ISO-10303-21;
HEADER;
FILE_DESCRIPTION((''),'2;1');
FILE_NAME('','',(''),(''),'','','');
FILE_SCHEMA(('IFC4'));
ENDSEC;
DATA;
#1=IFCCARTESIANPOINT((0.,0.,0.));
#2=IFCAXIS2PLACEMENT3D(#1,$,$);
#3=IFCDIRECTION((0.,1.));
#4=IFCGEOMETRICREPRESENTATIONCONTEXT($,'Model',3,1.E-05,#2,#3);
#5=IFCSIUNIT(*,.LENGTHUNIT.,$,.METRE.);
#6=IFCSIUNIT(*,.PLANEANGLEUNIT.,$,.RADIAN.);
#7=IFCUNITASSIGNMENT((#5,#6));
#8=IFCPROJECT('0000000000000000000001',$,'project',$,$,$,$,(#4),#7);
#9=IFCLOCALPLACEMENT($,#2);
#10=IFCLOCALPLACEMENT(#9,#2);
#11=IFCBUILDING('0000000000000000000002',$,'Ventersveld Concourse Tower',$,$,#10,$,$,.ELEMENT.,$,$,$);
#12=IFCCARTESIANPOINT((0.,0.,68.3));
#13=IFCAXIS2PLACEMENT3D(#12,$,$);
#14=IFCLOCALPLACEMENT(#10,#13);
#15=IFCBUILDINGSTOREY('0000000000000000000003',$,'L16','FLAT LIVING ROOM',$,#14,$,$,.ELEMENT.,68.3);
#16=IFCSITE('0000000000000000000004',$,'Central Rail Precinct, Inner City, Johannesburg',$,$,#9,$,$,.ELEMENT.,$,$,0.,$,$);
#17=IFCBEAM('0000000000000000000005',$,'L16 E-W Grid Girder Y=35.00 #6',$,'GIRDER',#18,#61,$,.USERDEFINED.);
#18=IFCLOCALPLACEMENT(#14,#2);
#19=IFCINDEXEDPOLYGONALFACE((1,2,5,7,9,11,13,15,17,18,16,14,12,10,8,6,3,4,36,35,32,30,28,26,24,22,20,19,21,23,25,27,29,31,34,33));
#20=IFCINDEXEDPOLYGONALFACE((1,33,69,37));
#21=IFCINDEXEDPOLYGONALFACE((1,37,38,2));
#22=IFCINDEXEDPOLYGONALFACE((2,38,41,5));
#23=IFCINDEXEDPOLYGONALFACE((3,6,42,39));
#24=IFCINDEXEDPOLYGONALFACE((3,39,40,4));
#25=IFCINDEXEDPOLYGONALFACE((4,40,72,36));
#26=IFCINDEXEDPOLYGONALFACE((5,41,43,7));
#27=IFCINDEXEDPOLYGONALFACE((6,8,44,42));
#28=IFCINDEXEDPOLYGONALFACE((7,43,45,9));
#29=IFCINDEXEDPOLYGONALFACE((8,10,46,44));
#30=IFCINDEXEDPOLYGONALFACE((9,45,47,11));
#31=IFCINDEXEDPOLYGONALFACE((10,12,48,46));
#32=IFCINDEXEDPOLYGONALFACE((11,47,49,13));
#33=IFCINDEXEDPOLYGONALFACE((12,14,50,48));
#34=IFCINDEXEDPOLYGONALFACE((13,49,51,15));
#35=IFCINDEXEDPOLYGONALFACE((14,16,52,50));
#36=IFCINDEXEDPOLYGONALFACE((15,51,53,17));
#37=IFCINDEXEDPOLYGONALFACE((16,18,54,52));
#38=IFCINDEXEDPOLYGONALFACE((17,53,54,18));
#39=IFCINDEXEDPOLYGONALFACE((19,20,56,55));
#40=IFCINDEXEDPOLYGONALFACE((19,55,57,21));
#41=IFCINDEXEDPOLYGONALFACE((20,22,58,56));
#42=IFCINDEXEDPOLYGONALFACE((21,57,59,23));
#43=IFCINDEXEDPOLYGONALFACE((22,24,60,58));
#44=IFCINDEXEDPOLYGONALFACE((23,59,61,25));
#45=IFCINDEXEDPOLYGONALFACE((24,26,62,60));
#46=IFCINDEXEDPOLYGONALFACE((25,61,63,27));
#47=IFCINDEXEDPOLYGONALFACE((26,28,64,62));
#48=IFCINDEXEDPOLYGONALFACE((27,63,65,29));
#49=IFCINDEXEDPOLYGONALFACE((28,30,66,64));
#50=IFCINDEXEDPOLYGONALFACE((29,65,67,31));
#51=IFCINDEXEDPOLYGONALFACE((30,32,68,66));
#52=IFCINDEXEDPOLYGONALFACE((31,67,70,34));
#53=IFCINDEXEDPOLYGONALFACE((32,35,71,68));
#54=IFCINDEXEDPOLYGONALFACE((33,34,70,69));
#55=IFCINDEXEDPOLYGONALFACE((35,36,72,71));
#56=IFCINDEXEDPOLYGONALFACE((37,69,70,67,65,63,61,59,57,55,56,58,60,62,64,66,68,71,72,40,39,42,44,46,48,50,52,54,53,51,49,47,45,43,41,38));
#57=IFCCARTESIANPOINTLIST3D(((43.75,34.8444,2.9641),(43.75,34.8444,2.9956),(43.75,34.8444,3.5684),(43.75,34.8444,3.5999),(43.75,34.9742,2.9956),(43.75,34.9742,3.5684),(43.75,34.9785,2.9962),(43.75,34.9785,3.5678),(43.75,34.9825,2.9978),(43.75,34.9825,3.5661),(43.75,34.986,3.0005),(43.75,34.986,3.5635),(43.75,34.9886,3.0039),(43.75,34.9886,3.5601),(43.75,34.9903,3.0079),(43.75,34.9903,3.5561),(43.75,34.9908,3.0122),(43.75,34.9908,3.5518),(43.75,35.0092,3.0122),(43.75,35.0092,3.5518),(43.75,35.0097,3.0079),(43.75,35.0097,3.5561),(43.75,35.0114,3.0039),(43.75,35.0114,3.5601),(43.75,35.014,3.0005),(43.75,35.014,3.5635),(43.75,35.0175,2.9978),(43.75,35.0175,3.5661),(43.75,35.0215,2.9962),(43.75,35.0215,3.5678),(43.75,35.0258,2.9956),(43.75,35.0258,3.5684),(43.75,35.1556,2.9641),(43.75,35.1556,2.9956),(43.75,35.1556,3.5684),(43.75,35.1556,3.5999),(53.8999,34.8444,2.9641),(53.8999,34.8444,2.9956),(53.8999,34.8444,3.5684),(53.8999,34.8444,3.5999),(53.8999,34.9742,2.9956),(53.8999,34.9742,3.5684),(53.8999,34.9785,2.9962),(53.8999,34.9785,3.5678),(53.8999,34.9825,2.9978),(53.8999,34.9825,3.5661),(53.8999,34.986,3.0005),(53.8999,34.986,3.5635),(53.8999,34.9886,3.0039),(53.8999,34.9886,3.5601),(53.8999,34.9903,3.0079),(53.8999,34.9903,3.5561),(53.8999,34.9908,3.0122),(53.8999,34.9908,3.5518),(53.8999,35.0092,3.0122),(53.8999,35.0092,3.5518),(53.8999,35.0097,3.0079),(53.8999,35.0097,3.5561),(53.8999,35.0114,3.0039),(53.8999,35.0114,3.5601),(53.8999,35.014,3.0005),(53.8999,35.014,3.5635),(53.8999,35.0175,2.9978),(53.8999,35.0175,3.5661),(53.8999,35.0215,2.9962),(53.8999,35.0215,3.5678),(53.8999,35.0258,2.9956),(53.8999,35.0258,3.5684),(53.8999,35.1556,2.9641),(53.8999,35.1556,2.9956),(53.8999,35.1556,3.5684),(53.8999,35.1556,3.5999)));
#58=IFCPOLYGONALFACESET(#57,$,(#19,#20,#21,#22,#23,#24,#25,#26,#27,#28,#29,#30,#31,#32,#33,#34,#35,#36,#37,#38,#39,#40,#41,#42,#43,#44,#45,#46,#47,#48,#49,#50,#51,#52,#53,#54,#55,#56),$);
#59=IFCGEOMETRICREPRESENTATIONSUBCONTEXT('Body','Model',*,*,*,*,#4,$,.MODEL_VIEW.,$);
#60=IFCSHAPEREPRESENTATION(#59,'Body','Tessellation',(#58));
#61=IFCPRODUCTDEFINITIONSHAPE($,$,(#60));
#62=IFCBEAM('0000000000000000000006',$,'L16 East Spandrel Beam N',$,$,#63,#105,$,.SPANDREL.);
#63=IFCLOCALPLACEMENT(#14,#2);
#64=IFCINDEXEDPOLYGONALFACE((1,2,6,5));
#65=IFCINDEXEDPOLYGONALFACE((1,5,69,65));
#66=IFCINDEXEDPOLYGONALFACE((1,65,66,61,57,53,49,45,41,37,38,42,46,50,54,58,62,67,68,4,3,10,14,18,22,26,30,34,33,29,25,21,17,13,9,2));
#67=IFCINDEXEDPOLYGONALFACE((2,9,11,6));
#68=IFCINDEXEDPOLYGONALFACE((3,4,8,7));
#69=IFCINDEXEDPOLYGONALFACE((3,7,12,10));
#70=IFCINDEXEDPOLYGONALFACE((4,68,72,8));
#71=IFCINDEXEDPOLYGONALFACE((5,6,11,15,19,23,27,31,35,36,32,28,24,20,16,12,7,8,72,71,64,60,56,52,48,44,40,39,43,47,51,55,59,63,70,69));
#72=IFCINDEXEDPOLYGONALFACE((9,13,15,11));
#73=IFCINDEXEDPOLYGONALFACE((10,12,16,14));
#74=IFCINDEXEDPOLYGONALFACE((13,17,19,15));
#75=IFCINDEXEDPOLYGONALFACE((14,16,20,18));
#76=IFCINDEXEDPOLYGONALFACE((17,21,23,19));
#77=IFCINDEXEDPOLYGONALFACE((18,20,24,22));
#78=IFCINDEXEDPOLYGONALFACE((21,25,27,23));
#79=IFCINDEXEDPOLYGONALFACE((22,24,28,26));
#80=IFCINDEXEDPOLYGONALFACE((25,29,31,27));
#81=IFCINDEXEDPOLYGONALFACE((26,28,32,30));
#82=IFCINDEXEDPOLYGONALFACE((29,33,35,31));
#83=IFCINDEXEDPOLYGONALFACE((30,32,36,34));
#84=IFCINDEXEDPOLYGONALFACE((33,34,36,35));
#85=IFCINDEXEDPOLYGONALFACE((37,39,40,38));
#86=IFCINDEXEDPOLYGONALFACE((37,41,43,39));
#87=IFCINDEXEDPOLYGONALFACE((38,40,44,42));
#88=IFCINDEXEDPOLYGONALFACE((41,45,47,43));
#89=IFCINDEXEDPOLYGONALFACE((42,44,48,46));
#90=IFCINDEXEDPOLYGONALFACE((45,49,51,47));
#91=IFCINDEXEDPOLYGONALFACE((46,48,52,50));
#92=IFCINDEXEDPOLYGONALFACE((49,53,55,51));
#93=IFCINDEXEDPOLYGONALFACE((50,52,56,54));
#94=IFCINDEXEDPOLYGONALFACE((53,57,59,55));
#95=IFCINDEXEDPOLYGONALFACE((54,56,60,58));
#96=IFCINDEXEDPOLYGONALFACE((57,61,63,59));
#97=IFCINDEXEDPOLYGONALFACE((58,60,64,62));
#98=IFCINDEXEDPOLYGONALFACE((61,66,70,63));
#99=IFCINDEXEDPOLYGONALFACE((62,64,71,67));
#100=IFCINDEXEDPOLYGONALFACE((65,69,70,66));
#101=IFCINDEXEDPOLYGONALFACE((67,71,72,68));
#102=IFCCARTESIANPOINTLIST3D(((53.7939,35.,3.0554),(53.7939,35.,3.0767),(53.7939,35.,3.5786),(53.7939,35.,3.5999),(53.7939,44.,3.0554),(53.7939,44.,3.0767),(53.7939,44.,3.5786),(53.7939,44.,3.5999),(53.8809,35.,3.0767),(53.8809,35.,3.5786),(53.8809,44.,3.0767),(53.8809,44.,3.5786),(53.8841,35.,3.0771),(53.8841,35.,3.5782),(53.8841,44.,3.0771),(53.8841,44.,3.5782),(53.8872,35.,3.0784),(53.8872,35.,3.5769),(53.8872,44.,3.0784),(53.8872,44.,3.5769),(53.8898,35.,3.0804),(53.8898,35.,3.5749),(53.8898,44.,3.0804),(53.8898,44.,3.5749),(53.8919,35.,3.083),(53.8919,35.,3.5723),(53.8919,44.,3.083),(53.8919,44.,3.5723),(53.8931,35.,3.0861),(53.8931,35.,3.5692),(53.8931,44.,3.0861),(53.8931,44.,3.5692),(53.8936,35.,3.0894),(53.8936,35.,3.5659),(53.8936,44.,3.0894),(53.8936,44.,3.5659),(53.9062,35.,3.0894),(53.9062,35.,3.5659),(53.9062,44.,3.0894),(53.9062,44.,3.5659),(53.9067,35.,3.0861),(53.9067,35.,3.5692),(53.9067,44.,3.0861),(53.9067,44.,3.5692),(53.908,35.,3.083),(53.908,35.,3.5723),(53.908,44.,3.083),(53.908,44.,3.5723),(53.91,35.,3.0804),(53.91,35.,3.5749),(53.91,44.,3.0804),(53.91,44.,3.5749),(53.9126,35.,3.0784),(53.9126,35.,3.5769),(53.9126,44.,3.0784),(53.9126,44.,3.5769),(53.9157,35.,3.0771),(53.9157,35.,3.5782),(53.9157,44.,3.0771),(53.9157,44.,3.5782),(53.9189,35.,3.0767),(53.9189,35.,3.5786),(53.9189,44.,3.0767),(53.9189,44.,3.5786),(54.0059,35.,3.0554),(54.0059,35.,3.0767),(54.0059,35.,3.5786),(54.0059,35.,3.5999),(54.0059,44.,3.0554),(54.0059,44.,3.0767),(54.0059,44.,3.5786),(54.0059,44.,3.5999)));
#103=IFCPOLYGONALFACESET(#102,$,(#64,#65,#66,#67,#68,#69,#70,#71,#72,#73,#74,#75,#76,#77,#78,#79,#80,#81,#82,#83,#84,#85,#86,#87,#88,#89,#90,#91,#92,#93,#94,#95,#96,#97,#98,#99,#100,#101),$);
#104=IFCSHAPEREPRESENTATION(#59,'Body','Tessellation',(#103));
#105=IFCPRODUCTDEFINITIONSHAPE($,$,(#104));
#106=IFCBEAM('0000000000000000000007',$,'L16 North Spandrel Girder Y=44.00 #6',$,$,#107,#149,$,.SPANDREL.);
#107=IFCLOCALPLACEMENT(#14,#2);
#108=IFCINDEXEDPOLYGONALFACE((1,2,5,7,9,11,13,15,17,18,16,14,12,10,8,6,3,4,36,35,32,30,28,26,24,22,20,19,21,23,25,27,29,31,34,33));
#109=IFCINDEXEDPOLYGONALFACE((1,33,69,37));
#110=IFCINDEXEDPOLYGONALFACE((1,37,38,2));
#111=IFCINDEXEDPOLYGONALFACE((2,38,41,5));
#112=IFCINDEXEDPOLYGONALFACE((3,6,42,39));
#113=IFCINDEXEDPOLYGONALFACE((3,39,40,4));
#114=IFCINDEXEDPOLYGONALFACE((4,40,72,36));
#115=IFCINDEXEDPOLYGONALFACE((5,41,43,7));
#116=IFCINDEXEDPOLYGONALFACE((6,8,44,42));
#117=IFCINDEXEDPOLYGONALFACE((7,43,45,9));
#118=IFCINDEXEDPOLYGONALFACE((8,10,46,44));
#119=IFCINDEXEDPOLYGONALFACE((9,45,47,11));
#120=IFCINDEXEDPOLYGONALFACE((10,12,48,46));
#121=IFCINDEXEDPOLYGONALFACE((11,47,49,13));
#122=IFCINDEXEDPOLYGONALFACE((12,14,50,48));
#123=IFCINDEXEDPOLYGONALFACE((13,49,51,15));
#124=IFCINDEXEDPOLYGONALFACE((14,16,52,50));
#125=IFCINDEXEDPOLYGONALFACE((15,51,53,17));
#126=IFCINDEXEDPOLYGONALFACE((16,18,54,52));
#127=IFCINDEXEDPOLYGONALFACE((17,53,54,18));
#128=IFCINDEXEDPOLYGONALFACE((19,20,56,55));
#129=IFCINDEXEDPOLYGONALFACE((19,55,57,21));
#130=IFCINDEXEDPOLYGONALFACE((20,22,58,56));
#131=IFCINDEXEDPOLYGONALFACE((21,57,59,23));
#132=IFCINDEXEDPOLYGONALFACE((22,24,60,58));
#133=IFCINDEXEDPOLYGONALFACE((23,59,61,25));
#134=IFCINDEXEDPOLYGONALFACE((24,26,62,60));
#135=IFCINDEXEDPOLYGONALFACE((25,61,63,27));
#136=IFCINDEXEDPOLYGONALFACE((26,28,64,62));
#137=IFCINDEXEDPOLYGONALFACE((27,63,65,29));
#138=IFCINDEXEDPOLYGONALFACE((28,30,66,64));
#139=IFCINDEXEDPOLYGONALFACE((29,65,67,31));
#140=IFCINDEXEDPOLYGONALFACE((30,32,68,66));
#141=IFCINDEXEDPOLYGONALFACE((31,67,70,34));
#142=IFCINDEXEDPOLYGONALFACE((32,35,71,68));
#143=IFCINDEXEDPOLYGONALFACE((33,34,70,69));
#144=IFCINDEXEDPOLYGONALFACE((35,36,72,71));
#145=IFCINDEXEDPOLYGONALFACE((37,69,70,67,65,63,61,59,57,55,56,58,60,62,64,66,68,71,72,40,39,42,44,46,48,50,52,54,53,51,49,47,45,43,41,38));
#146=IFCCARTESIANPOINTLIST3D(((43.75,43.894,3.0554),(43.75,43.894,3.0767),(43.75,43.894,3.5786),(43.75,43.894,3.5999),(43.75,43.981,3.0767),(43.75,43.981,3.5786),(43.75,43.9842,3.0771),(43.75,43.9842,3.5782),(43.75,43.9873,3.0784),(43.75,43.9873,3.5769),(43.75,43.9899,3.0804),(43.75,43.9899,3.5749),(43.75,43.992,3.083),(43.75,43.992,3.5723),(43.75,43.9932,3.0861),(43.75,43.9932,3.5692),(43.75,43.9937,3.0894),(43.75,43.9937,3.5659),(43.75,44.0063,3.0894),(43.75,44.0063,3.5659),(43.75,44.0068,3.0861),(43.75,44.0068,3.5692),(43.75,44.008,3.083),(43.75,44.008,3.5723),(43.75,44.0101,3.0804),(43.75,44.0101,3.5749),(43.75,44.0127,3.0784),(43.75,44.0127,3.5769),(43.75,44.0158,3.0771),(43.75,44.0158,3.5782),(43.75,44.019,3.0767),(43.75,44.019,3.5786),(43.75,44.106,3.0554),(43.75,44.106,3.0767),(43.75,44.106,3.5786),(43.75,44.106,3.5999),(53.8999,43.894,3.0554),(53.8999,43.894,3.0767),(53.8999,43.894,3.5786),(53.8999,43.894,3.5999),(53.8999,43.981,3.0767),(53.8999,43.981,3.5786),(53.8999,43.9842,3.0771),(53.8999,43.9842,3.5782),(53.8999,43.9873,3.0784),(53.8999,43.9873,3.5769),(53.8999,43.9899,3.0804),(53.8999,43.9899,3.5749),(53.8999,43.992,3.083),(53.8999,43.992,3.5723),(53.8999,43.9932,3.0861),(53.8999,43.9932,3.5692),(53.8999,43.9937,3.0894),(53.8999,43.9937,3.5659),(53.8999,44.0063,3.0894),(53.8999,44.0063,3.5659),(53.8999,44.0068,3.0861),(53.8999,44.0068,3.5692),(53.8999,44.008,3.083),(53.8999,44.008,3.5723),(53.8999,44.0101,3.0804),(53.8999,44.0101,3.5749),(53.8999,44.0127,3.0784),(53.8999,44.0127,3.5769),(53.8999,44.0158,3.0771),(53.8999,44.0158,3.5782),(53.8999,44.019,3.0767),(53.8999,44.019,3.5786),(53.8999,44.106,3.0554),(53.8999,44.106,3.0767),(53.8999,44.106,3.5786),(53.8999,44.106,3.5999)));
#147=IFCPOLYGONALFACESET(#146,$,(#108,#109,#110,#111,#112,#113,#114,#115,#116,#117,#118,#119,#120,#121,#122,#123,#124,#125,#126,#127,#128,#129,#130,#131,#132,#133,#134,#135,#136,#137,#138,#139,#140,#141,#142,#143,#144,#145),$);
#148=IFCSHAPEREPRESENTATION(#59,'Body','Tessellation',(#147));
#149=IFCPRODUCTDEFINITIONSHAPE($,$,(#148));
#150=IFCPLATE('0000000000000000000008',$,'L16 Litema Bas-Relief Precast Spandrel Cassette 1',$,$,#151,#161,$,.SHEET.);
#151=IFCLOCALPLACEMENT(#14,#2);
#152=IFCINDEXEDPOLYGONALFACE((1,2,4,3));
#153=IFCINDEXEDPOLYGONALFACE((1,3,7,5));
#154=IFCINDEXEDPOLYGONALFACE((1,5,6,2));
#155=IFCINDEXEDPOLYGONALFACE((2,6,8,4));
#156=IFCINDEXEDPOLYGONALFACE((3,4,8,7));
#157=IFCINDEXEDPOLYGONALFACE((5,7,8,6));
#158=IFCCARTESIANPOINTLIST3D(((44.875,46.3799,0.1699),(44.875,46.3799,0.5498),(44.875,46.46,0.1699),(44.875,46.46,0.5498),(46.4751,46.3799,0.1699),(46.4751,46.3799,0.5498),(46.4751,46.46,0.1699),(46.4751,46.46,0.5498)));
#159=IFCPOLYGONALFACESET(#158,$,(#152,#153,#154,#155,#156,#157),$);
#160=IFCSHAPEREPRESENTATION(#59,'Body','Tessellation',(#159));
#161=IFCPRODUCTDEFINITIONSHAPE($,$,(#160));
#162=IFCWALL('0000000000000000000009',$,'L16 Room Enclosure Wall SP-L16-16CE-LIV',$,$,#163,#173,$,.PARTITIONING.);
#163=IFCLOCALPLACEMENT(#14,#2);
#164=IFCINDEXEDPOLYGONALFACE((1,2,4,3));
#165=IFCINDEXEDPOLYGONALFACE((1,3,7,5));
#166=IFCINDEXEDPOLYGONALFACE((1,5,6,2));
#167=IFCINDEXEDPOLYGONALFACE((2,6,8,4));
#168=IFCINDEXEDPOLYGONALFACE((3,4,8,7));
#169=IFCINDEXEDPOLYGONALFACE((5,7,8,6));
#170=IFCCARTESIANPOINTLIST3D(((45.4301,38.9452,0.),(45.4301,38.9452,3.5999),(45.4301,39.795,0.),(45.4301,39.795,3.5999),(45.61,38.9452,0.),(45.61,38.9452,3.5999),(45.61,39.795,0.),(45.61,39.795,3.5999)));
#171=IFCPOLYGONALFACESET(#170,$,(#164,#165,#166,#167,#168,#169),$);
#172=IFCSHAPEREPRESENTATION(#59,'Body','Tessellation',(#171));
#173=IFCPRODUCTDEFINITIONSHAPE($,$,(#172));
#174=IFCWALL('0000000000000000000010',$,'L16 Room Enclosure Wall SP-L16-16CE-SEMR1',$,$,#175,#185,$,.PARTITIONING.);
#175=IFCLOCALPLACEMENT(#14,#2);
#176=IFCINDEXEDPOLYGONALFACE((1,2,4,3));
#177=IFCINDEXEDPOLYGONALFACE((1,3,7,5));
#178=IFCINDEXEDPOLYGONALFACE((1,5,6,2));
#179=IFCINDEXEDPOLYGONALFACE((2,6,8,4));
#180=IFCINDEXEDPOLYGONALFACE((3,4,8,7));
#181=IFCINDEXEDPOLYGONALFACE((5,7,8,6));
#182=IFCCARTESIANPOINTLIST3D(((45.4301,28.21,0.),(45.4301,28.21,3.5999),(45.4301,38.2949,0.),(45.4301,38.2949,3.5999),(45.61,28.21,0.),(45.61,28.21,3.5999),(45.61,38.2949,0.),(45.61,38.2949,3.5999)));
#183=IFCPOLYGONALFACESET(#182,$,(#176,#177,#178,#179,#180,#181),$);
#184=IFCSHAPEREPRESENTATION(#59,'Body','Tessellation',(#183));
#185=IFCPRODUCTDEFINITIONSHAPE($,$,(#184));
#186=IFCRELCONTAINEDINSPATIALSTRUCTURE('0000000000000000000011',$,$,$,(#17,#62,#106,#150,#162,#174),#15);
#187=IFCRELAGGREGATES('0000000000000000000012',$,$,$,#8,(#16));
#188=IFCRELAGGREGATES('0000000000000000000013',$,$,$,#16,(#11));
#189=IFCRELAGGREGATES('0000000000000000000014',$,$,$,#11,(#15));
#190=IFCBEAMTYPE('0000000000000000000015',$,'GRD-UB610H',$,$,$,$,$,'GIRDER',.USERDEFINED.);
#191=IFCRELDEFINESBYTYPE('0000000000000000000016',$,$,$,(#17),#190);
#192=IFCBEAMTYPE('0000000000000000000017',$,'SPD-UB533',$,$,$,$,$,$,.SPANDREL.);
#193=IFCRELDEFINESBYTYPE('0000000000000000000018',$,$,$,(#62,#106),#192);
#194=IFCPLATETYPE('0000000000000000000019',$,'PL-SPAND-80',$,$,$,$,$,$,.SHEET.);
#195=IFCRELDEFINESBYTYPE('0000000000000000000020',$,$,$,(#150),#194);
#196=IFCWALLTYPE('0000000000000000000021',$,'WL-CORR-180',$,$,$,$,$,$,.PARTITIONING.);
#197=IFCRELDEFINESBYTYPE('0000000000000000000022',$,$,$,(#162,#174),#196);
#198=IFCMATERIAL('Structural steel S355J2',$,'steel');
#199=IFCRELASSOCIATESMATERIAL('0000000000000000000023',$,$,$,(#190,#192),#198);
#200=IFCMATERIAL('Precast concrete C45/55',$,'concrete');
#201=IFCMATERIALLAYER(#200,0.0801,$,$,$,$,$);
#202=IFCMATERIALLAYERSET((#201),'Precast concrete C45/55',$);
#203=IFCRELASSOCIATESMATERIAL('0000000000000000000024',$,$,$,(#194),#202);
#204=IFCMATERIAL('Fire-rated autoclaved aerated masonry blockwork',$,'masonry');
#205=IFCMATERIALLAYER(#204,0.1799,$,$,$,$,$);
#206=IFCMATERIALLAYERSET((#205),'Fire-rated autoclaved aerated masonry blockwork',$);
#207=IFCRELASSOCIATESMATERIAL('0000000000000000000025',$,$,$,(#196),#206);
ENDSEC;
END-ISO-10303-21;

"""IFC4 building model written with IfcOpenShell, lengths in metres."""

from ifc_helpers import new_model, si_unit, direction, frame, frame_2d, origin, origin_2d, place, context, subcontext, project, spatial, rectangle, i_section, extrude, material, layer, layer_set, material_profile, profile_set, type_object, element, save


model = new_model("IFC4")

# Units and contexts
model_context = context("Model", 3, precision=1e-05, world=origin(), true_north=direction((0.0, 1.0)))
body_context = subcontext(model_context, "Body", "Model", "MODEL_VIEW")
ifc_project = project(units=[si_unit("LENGTHUNIT", "METRE"), si_unit("PLANEANGLEUNIT", "RADIAN")], contexts=[model_context])

# Site, building, storey
site_placement = place(None, origin())
site = spatial("IfcSite", under=ifc_project, at=site_placement, Name="Central Rail Precinct, Inner City, Johannesburg", CompositionType="ELEMENT", RefElevation=0.0)
building_placement = place(site_placement, origin())
building = spatial("IfcBuilding", under=site, at=building_placement, Name="Ventersveld Concourse Tower", CompositionType="ELEMENT")
storey_placement = place(building_placement, frame((0.0, 0.0, 68.3)))
storey = spatial("IfcBuildingStorey", under=building, at=storey_placement, Name="L16", Description="FLAT LIVING ROOM", CompositionType="ELEMENT", Elevation=68.3)

# Beams
ifc_material_1 = material(Name="Structural steel S355J2", Category="steel")
ifc_material_profile_1 = material_profile(ifc_material_1, i_section(OverallWidth=0.3113, OverallDepth=0.6357, WebThickness=0.0183, FlangeThickness=0.0315, FilletRadius=0.0166, at=origin_2d()), Name="UB 610x305x238")
ifc_profile_set_1 = profile_set([ifc_material_profile_1], Name="Structural steel S355J2")
beam_type_1 = type_object("IfcBeamType", Name="GRD-UB610H", ElementType="GIRDER", PredefinedType="USERDEFINED", material=ifc_profile_set_1)
beam_1_placement = place(storey_placement, frame((43.75, 35.0, 3.282), z_axis=(1.0, 0.0, 0.0), x_axis=(0.0, 1.0, 0.0)))
element("IfcBeam", 1, at=beam_1_placement, inside=storey, type_object=beam_type_1, Name="L16 E-W Grid Girder Y=35.00 #6", ObjectType="GIRDER", PredefinedType="USERDEFINED", context=body_context, shape_type="SweptSolid", body=[
    extrude(i_section(OverallWidth=0.3113, OverallDepth=0.6357, WebThickness=0.0183, FlangeThickness=0.0315, FilletRadius=0.0166, at=origin_2d()), origin(), (0.0, 0.0, 1.0), 10.1499),
])
ifc_material_profile_2 = material_profile(ifc_material_1, i_section(OverallWidth=0.2119, OverallDepth=0.5444, WebThickness=0.0127, FlangeThickness=0.0212, FilletRadius=0.0127, at=origin_2d()), Name="UB 533x210x122")
ifc_profile_set_2 = profile_set([ifc_material_profile_2], Name="Structural steel S355J2")
beam_type_2 = type_object("IfcBeamType", Name="SPD-UB533", PredefinedType="SPANDREL", material=ifc_profile_set_2)
beam_2_placement = place(storey_placement, frame((53.8999, 35.0, 3.3276), z_axis=(0.0, 1.0, 0.0), x_axis=(-1.0, 0.0, 0.0)))
element("IfcBeam", 2, at=beam_2_placement, inside=storey, type_object=beam_type_2, Name="L16 East Spandrel Beam N", PredefinedType="SPANDREL", context=body_context, shape_type="SweptSolid", body=[
    extrude(i_section(OverallWidth=0.2119, OverallDepth=0.5444, WebThickness=0.0127, FlangeThickness=0.0212, FilletRadius=0.0127, at=origin_2d()), origin(), (0.0, 0.0, 1.0), 9.0),
])
beam_3_placement = place(storey_placement, frame((43.75, 44.0, 3.3276), z_axis=(1.0, 0.0, 0.0), x_axis=(0.0, 1.0, 0.0)))
element("IfcBeam", 3, at=beam_3_placement, inside=storey, type_object=beam_type_2, Name="L16 North Spandrel Girder Y=44.00 #6", PredefinedType="SPANDREL", context=body_context, shape_type="SweptSolid", body=[
    extrude(i_section(OverallWidth=0.2119, OverallDepth=0.5444, WebThickness=0.0127, FlangeThickness=0.0212, FilletRadius=0.0127, at=origin_2d()), origin(), (0.0, 0.0, 1.0), 10.1499),
])

# Plate
ifc_material_2 = material(Name="Precast concrete C45/55", Category="concrete")
ifc_layer_1 = layer(ifc_material_2, 0.0801)
ifc_layer_set_1 = layer_set([ifc_layer_1], Name="Precast concrete C45/55")
plate_type = type_object("IfcPlateType", Name="PL-SPAND-80", PredefinedType="SHEET", material=ifc_layer_set_1)
plate_placement = place(storey_placement, frame((45.675, 46.4199, 0.1699), z_axis=(0.0, 0.0, 1.0), x_axis=(-1.0, 0.0, 0.0)))
element("IfcPlate", 4, at=plate_placement, inside=storey, type_object=plate_type, Name="L16 Litema Bas-Relief Precast Spandrel Cassette 1", PredefinedType="SHEET", context=body_context, shape_type="SweptSolid", body=[
    extrude(rectangle(XDim=1.6001, YDim=0.0801, at=origin_2d()), origin(), (0.0, 0.0, 1.0), 0.3799),
])

# Walls
ifc_material_3 = material(Name="Fire-rated autoclaved aerated masonry blockwork", Category="masonry")
ifc_layer_2 = layer(ifc_material_3, 0.1799)
ifc_layer_set_2 = layer_set([ifc_layer_2], Name="Fire-rated autoclaved aerated masonry blockwork")
wall_type_1 = type_object("IfcWallType", Name="WL-CORR-180", PredefinedType="PARTITIONING", material=ifc_layer_set_2)
wall_1_placement = place(storey_placement, frame((45.52, 39.7949, 0.0), z_axis=(0.0, 0.0, 1.0), x_axis=(0.0, -1.0, 0.0)))
element("IfcWall", 5, at=wall_1_placement, inside=storey, type_object=wall_type_1, Name="L16 Room Enclosure Wall SP-L16-16CE-LIV", PredefinedType="PARTITIONING", context=body_context, shape_type="SweptSolid", body=[
    extrude(rectangle(XDim=0.8499, YDim=0.1799, at=frame_2d((0.4248, 0.0))), origin(), (0.0, 0.0, 1.0), 3.5999),
])
wall_2_placement = place(storey_placement, frame((45.52, 38.2949, 0.0), z_axis=(0.0, 0.0, 1.0), x_axis=(0.0, -1.0, 0.0)))
element("IfcWall", 6, at=wall_2_placement, inside=storey, type_object=wall_type_1, Name="L16 Room Enclosure Wall SP-L16-16CE-SEMR1", PredefinedType="PARTITIONING", context=body_context, shape_type="SweptSolid", body=[
    extrude(rectangle(XDim=10.085, YDim=0.1799, at=frame_2d((5.0425, 0.0))), origin(), (0.0, 0.0, 1.0), 3.5999),
])

save(model, "model.ifc")
